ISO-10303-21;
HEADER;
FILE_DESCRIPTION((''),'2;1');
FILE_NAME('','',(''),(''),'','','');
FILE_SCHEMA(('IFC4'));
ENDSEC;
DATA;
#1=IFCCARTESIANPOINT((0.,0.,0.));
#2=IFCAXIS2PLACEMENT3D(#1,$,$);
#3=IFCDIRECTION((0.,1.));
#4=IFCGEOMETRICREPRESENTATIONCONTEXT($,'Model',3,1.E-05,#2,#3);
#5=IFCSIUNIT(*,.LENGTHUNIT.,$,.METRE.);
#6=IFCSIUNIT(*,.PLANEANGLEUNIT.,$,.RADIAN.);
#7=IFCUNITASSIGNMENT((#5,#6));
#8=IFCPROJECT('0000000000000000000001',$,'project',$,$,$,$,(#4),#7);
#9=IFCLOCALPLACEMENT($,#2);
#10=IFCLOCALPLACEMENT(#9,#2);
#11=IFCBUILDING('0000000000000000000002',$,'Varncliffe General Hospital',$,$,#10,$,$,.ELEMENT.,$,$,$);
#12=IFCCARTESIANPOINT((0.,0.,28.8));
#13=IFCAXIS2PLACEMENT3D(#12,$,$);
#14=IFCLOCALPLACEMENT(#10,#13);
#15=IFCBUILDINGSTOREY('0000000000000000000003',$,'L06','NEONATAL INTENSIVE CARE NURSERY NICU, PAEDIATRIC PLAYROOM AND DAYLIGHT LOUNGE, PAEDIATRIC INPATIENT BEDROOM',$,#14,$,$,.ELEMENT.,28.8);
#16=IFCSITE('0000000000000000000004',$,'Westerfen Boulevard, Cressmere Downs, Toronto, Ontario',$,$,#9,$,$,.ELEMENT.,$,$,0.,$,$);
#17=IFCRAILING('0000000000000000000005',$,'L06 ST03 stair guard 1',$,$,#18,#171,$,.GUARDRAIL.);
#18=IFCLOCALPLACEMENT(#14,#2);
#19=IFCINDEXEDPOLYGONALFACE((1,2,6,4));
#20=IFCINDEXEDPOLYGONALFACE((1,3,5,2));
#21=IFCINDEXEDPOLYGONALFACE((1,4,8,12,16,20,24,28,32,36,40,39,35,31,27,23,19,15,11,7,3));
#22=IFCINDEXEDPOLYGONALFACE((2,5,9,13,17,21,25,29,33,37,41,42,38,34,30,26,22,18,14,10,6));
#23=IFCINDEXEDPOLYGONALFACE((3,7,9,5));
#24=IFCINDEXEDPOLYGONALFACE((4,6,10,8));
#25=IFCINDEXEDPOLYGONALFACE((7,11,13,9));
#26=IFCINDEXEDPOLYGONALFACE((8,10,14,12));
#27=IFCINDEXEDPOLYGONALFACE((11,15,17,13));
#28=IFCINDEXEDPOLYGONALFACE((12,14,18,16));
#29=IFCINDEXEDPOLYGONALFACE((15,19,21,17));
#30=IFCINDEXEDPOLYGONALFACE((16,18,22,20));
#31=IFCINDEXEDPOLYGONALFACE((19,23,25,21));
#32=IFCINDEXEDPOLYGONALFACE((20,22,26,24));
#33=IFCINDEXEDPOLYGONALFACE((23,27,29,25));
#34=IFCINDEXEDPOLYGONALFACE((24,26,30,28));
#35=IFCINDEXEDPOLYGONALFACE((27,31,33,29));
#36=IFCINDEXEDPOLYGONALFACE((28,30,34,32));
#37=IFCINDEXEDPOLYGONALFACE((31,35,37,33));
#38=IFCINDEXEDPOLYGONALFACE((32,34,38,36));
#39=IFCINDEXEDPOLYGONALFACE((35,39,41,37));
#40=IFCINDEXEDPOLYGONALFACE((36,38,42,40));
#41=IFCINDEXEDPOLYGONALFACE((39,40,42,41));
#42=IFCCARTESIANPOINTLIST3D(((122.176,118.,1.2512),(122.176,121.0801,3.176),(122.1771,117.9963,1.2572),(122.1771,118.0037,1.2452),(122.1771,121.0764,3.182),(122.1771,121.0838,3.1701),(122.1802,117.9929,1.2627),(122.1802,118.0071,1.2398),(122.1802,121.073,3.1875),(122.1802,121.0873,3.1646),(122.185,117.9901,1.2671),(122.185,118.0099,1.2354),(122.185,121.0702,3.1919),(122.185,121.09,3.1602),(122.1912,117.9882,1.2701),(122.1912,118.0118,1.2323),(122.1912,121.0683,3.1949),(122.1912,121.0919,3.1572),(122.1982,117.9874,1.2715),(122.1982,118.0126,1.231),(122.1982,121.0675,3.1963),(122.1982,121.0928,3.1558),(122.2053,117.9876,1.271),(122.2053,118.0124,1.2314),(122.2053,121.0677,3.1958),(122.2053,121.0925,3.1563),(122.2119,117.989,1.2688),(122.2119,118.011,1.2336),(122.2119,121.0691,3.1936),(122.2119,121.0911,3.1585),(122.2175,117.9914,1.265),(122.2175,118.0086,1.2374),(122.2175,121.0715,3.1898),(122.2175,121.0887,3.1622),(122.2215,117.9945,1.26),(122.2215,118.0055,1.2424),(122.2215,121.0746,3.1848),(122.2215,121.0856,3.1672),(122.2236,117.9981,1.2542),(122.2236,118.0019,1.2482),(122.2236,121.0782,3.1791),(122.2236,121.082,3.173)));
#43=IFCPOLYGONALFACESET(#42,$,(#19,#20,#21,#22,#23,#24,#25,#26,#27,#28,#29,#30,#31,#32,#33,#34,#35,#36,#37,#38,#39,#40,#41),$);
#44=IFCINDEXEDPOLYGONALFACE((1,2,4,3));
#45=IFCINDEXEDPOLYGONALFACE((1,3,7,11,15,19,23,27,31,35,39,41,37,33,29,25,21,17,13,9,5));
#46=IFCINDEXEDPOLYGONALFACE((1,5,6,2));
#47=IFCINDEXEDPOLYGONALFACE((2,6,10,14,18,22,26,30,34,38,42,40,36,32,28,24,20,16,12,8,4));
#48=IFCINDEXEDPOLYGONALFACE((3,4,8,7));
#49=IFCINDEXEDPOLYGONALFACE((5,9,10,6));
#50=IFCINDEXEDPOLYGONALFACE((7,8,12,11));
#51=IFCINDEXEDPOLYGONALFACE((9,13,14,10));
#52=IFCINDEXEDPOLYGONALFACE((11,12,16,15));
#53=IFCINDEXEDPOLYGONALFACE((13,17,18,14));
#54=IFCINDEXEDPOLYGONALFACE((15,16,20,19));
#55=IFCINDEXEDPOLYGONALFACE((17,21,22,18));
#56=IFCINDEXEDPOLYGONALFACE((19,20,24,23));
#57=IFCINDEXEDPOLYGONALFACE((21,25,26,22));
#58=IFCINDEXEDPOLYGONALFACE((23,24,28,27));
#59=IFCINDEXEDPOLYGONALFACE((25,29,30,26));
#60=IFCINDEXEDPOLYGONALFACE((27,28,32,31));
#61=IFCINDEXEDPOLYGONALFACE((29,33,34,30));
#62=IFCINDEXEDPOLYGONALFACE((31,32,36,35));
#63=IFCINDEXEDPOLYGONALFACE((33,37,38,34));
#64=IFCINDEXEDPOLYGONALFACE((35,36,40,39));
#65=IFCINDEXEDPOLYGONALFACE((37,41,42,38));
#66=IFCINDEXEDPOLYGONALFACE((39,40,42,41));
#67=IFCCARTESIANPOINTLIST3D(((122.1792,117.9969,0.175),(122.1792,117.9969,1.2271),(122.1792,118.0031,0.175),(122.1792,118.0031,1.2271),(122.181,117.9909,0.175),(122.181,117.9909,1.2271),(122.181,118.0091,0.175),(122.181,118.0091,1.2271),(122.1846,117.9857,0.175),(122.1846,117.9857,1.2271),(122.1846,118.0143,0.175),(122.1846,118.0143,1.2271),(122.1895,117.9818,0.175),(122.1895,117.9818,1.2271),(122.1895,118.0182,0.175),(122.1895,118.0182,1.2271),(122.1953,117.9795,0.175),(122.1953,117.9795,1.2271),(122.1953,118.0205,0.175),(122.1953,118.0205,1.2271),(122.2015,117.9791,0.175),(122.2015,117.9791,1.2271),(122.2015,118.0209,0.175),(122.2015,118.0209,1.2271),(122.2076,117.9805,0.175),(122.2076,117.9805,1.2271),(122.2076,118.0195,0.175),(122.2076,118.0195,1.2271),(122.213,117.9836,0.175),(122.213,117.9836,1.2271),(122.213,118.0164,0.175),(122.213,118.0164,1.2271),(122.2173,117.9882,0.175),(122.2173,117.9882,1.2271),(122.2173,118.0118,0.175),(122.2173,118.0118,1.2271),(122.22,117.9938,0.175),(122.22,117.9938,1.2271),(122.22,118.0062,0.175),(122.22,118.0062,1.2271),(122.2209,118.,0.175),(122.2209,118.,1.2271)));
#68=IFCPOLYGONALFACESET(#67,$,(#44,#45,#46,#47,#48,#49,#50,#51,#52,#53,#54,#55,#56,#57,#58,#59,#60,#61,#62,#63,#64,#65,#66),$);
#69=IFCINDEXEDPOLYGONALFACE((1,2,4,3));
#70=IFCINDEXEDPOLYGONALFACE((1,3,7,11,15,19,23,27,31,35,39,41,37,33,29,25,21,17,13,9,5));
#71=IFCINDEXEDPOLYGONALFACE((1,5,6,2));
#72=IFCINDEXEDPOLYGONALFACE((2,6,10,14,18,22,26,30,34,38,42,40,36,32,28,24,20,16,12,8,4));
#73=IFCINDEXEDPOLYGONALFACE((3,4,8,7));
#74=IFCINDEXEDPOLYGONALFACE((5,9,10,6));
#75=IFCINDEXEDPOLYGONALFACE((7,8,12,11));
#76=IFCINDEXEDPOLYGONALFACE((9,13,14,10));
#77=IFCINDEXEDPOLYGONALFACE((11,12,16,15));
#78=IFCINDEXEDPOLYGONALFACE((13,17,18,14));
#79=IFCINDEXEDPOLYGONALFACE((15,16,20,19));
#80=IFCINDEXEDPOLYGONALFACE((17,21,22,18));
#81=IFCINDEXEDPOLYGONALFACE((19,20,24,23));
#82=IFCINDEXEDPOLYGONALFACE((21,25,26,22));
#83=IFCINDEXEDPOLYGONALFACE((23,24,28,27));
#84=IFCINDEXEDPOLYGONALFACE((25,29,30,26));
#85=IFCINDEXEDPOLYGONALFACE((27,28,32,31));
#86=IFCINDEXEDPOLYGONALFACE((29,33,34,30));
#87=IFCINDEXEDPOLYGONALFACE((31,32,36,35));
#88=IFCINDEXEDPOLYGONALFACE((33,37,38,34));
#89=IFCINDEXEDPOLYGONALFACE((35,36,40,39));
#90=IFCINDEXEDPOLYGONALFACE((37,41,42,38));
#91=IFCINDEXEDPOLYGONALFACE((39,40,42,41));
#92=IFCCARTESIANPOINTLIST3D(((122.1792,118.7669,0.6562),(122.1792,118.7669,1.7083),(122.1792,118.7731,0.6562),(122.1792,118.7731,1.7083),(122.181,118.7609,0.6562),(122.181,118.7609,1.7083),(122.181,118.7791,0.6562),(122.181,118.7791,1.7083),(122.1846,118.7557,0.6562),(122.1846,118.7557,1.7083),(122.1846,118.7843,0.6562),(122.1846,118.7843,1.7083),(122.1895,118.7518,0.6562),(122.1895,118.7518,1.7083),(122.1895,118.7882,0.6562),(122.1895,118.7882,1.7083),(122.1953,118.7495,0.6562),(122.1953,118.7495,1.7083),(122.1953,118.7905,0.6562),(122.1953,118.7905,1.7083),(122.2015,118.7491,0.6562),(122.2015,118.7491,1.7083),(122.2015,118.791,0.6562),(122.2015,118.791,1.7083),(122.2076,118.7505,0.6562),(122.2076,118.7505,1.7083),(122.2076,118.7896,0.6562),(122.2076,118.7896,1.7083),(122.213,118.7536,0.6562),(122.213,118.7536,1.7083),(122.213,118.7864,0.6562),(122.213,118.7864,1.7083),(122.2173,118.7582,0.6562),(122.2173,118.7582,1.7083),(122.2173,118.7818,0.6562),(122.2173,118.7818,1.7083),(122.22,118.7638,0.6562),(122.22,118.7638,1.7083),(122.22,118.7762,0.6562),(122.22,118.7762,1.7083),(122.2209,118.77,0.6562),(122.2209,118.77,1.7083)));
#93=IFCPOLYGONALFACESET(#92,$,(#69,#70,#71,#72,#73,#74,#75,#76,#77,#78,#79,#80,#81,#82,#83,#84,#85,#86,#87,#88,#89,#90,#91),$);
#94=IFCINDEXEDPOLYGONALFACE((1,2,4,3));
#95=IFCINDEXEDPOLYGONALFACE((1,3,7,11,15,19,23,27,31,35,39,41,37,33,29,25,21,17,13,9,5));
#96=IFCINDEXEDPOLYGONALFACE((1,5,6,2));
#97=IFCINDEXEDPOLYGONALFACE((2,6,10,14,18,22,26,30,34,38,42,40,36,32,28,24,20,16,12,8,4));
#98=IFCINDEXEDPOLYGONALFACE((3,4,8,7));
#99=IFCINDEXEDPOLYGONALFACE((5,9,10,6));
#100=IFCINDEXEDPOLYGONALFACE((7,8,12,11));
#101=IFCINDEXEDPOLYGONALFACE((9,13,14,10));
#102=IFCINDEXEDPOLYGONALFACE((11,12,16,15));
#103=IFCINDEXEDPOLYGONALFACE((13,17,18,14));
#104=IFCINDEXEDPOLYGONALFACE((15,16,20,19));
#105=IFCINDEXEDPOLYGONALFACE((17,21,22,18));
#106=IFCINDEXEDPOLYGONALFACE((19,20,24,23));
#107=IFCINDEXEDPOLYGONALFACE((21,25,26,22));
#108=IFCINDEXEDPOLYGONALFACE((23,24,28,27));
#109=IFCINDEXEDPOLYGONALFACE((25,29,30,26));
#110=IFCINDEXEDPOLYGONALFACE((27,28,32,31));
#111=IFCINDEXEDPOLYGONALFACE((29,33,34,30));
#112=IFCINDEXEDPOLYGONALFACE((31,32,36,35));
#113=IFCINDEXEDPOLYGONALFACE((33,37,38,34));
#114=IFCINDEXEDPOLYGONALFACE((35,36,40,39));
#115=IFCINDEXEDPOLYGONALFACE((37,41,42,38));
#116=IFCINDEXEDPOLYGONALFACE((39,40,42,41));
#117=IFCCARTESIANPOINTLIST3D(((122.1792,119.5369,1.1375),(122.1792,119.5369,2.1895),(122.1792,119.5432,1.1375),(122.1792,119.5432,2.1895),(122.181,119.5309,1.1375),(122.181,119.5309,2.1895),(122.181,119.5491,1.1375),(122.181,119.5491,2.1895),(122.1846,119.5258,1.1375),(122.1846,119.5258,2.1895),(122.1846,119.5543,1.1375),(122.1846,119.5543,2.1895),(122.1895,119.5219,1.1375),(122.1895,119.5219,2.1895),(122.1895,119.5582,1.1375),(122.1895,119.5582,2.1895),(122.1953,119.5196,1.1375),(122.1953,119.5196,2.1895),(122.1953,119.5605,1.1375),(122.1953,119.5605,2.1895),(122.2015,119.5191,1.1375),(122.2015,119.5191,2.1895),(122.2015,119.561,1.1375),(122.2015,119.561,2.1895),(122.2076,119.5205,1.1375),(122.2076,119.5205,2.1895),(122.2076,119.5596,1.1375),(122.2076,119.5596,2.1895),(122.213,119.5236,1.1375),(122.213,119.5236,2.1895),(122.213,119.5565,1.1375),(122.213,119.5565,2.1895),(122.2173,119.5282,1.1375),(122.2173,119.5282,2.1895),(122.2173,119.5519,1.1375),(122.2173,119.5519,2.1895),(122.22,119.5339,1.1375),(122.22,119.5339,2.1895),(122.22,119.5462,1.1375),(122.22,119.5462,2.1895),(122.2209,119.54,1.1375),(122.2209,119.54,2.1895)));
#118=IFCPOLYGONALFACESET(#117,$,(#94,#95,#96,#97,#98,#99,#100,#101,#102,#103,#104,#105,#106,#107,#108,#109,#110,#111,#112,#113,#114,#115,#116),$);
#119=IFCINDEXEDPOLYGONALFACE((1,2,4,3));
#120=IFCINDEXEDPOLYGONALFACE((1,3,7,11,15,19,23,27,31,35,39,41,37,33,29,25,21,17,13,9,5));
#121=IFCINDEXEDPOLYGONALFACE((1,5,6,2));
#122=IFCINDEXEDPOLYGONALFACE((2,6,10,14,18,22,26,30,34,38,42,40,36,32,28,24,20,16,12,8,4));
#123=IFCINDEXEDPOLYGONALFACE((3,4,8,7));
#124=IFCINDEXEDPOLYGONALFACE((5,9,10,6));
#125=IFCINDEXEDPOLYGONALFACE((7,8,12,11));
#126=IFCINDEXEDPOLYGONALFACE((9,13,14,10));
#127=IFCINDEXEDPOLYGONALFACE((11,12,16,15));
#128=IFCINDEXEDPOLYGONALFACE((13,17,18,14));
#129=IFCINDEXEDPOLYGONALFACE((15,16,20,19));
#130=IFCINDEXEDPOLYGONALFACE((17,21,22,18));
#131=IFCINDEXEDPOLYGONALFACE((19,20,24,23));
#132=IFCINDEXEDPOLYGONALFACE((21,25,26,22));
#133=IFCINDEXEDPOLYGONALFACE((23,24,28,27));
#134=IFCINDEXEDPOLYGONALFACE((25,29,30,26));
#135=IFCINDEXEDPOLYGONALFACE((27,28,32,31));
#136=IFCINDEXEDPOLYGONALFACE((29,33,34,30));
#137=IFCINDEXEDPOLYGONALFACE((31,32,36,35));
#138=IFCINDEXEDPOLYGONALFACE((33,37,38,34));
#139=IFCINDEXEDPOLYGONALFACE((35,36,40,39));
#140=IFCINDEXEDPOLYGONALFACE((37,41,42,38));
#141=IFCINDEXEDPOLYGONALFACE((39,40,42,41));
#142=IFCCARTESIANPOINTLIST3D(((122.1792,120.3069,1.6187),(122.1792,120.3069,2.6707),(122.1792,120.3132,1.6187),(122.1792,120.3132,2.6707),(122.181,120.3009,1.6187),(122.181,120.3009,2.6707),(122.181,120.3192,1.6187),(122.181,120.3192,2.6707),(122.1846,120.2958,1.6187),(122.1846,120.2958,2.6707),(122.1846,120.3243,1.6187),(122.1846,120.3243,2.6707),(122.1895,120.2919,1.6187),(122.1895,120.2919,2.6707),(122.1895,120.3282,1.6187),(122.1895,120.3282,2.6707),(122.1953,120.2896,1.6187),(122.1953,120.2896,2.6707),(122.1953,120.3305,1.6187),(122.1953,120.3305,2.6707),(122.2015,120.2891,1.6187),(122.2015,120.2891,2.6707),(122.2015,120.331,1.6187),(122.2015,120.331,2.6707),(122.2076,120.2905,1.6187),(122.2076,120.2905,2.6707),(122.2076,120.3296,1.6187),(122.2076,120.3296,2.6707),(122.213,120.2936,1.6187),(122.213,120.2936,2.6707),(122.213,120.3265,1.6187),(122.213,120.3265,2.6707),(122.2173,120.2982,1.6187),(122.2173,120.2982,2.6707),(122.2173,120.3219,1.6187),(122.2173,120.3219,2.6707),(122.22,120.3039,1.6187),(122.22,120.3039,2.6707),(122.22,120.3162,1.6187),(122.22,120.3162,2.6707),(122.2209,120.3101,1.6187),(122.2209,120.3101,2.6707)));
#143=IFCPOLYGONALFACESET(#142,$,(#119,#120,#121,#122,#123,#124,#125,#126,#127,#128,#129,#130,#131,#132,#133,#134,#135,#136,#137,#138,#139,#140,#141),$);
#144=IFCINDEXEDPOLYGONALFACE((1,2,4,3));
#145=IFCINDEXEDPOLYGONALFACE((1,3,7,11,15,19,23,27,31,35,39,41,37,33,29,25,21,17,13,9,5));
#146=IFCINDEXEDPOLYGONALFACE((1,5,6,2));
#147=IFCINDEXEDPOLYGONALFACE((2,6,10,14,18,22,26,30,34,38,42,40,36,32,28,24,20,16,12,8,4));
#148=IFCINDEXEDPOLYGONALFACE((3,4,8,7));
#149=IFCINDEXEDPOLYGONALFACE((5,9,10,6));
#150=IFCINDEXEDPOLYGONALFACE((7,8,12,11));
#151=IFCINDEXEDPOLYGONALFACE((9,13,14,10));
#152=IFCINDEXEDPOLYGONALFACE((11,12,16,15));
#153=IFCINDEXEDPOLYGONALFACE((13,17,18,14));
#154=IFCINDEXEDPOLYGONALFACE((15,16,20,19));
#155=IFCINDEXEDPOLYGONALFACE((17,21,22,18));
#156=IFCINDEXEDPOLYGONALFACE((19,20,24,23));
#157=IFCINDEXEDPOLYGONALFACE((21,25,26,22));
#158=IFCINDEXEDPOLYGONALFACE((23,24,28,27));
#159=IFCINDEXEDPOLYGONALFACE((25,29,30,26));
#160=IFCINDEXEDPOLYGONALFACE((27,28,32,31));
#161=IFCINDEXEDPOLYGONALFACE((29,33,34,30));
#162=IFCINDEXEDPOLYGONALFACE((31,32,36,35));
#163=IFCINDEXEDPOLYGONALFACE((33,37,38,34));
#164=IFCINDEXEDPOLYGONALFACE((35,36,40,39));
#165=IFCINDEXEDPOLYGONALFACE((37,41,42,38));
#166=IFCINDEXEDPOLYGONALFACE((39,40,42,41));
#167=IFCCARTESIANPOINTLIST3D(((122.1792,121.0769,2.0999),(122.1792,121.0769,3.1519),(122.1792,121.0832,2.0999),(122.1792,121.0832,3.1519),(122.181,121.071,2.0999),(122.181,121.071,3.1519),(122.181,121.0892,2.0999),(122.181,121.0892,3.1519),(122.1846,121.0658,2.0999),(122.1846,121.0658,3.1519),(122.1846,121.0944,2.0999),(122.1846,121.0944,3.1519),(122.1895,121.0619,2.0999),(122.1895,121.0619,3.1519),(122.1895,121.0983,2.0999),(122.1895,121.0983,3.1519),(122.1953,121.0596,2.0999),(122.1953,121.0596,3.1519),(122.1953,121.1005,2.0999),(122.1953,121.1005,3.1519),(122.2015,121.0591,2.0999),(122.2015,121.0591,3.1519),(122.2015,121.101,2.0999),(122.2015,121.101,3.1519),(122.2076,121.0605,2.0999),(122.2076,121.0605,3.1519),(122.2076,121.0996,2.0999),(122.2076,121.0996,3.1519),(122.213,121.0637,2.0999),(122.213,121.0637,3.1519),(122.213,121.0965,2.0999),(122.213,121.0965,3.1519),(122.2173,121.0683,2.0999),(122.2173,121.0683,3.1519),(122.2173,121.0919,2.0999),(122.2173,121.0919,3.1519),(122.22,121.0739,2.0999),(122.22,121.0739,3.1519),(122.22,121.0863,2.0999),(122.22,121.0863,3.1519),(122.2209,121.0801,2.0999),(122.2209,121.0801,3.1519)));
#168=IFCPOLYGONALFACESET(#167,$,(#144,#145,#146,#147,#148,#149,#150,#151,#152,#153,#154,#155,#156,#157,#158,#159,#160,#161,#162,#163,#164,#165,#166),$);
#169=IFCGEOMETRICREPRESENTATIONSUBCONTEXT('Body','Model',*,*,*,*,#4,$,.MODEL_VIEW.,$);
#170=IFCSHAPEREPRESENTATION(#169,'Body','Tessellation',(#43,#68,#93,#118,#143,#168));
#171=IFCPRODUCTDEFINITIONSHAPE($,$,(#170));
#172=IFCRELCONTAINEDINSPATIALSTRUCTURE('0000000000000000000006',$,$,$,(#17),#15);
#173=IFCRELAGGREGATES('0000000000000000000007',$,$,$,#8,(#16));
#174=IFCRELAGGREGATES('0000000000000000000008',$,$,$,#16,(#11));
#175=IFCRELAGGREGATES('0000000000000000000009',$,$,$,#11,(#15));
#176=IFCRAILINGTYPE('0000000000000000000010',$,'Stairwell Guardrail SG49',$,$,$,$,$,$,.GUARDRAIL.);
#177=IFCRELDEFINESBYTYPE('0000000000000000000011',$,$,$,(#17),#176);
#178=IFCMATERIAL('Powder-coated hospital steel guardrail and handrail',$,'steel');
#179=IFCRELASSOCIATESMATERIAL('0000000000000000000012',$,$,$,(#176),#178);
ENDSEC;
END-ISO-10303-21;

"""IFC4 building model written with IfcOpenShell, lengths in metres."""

from ifc_helpers import new_model, si_unit, direction, frame, origin, origin_2d, place, context, subcontext, project, spatial, circle, extrude, material, type_object, element, save


model = new_model("IFC4")

# Units and contexts
model_context = context("Model", 3, precision=1e-05, world=origin(), true_north=direction((0.0, 1.0)))
body_context = subcontext(model_context, "Body", "Model", "MODEL_VIEW")
ifc_project = project(units=[si_unit("LENGTHUNIT", "METRE"), si_unit("PLANEANGLEUNIT", "RADIAN")], contexts=[model_context])

# Site, building, storey
site_placement = place(None, origin())
site = spatial("IfcSite", under=ifc_project, at=site_placement, Name="Westerfen Boulevard, Cressmere Downs, Toronto, Ontario", CompositionType="ELEMENT", RefElevation=0.0)
building_placement = place(site_placement, origin())
building = spatial("IfcBuilding", under=site, at=building_placement, Name="Varncliffe General Hospital", CompositionType="ELEMENT")
storey_placement = place(building_placement, frame((0.0, 0.0, 28.8)))
storey = spatial("IfcBuildingStorey", under=building, at=storey_placement, Name="L06", Description="NEONATAL INTENSIVE CARE NURSERY NICU, PAEDIATRIC PLAYROOM AND DAYLIGHT LOUNGE, PAEDIATRIC INPATIENT BEDROOM", CompositionType="ELEMENT", Elevation=28.8)

# Railing
ifc_material_1 = material(Name="Powder-coated hospital steel guardrail and handrail", Category="steel")
railing_type_1 = type_object("IfcRailingType", Name="Stairwell Guardrail SG49", PredefinedType="GUARDRAIL", material=ifc_material_1)
railing_1_placement = place(storey_placement, frame((122.2, 118.0, 0.175)))
element("IfcRailing", 1, at=railing_1_placement, inside=storey, type_object=railing_type_1, Name="L06 ST03 stair guard 1", PredefinedType="GUARDRAIL", context=body_context, shape_type="SweptSolid", body=[
    extrude(circle(Radius=0.0239, at=origin_2d()), frame((0.0, 0.0, 1.0762), z_axis=(0.0, 0.848029, 0.529951), x_axis=(-1.0, 0.0, 0.0)), (0.0, 0.0, 1.0), 3.6321),
    extrude(circle(Radius=0.021, at=origin_2d()), origin(), (0.0, 0.0, 1.0), 1.052),
    extrude(circle(Radius=0.021, at=origin_2d()), frame((0.0, 0.77, 0.4812)), (0.0, 0.0, 1.0), 1.052),
    extrude(circle(Radius=0.021, at=origin_2d()), frame((0.0, 1.54, 0.9624)), (0.0, 0.0, 1.0), 1.052),
    extrude(circle(Radius=0.021, at=origin_2d()), frame((0.0, 2.3101, 1.4436)), (0.0, 0.0, 1.0), 1.052),
    extrude(circle(Radius=0.021, at=origin_2d()), frame((0.0, 3.0801, 1.9248)), (0.0, 0.0, 1.0), 1.052),
])

save(model, "model.ifc")
